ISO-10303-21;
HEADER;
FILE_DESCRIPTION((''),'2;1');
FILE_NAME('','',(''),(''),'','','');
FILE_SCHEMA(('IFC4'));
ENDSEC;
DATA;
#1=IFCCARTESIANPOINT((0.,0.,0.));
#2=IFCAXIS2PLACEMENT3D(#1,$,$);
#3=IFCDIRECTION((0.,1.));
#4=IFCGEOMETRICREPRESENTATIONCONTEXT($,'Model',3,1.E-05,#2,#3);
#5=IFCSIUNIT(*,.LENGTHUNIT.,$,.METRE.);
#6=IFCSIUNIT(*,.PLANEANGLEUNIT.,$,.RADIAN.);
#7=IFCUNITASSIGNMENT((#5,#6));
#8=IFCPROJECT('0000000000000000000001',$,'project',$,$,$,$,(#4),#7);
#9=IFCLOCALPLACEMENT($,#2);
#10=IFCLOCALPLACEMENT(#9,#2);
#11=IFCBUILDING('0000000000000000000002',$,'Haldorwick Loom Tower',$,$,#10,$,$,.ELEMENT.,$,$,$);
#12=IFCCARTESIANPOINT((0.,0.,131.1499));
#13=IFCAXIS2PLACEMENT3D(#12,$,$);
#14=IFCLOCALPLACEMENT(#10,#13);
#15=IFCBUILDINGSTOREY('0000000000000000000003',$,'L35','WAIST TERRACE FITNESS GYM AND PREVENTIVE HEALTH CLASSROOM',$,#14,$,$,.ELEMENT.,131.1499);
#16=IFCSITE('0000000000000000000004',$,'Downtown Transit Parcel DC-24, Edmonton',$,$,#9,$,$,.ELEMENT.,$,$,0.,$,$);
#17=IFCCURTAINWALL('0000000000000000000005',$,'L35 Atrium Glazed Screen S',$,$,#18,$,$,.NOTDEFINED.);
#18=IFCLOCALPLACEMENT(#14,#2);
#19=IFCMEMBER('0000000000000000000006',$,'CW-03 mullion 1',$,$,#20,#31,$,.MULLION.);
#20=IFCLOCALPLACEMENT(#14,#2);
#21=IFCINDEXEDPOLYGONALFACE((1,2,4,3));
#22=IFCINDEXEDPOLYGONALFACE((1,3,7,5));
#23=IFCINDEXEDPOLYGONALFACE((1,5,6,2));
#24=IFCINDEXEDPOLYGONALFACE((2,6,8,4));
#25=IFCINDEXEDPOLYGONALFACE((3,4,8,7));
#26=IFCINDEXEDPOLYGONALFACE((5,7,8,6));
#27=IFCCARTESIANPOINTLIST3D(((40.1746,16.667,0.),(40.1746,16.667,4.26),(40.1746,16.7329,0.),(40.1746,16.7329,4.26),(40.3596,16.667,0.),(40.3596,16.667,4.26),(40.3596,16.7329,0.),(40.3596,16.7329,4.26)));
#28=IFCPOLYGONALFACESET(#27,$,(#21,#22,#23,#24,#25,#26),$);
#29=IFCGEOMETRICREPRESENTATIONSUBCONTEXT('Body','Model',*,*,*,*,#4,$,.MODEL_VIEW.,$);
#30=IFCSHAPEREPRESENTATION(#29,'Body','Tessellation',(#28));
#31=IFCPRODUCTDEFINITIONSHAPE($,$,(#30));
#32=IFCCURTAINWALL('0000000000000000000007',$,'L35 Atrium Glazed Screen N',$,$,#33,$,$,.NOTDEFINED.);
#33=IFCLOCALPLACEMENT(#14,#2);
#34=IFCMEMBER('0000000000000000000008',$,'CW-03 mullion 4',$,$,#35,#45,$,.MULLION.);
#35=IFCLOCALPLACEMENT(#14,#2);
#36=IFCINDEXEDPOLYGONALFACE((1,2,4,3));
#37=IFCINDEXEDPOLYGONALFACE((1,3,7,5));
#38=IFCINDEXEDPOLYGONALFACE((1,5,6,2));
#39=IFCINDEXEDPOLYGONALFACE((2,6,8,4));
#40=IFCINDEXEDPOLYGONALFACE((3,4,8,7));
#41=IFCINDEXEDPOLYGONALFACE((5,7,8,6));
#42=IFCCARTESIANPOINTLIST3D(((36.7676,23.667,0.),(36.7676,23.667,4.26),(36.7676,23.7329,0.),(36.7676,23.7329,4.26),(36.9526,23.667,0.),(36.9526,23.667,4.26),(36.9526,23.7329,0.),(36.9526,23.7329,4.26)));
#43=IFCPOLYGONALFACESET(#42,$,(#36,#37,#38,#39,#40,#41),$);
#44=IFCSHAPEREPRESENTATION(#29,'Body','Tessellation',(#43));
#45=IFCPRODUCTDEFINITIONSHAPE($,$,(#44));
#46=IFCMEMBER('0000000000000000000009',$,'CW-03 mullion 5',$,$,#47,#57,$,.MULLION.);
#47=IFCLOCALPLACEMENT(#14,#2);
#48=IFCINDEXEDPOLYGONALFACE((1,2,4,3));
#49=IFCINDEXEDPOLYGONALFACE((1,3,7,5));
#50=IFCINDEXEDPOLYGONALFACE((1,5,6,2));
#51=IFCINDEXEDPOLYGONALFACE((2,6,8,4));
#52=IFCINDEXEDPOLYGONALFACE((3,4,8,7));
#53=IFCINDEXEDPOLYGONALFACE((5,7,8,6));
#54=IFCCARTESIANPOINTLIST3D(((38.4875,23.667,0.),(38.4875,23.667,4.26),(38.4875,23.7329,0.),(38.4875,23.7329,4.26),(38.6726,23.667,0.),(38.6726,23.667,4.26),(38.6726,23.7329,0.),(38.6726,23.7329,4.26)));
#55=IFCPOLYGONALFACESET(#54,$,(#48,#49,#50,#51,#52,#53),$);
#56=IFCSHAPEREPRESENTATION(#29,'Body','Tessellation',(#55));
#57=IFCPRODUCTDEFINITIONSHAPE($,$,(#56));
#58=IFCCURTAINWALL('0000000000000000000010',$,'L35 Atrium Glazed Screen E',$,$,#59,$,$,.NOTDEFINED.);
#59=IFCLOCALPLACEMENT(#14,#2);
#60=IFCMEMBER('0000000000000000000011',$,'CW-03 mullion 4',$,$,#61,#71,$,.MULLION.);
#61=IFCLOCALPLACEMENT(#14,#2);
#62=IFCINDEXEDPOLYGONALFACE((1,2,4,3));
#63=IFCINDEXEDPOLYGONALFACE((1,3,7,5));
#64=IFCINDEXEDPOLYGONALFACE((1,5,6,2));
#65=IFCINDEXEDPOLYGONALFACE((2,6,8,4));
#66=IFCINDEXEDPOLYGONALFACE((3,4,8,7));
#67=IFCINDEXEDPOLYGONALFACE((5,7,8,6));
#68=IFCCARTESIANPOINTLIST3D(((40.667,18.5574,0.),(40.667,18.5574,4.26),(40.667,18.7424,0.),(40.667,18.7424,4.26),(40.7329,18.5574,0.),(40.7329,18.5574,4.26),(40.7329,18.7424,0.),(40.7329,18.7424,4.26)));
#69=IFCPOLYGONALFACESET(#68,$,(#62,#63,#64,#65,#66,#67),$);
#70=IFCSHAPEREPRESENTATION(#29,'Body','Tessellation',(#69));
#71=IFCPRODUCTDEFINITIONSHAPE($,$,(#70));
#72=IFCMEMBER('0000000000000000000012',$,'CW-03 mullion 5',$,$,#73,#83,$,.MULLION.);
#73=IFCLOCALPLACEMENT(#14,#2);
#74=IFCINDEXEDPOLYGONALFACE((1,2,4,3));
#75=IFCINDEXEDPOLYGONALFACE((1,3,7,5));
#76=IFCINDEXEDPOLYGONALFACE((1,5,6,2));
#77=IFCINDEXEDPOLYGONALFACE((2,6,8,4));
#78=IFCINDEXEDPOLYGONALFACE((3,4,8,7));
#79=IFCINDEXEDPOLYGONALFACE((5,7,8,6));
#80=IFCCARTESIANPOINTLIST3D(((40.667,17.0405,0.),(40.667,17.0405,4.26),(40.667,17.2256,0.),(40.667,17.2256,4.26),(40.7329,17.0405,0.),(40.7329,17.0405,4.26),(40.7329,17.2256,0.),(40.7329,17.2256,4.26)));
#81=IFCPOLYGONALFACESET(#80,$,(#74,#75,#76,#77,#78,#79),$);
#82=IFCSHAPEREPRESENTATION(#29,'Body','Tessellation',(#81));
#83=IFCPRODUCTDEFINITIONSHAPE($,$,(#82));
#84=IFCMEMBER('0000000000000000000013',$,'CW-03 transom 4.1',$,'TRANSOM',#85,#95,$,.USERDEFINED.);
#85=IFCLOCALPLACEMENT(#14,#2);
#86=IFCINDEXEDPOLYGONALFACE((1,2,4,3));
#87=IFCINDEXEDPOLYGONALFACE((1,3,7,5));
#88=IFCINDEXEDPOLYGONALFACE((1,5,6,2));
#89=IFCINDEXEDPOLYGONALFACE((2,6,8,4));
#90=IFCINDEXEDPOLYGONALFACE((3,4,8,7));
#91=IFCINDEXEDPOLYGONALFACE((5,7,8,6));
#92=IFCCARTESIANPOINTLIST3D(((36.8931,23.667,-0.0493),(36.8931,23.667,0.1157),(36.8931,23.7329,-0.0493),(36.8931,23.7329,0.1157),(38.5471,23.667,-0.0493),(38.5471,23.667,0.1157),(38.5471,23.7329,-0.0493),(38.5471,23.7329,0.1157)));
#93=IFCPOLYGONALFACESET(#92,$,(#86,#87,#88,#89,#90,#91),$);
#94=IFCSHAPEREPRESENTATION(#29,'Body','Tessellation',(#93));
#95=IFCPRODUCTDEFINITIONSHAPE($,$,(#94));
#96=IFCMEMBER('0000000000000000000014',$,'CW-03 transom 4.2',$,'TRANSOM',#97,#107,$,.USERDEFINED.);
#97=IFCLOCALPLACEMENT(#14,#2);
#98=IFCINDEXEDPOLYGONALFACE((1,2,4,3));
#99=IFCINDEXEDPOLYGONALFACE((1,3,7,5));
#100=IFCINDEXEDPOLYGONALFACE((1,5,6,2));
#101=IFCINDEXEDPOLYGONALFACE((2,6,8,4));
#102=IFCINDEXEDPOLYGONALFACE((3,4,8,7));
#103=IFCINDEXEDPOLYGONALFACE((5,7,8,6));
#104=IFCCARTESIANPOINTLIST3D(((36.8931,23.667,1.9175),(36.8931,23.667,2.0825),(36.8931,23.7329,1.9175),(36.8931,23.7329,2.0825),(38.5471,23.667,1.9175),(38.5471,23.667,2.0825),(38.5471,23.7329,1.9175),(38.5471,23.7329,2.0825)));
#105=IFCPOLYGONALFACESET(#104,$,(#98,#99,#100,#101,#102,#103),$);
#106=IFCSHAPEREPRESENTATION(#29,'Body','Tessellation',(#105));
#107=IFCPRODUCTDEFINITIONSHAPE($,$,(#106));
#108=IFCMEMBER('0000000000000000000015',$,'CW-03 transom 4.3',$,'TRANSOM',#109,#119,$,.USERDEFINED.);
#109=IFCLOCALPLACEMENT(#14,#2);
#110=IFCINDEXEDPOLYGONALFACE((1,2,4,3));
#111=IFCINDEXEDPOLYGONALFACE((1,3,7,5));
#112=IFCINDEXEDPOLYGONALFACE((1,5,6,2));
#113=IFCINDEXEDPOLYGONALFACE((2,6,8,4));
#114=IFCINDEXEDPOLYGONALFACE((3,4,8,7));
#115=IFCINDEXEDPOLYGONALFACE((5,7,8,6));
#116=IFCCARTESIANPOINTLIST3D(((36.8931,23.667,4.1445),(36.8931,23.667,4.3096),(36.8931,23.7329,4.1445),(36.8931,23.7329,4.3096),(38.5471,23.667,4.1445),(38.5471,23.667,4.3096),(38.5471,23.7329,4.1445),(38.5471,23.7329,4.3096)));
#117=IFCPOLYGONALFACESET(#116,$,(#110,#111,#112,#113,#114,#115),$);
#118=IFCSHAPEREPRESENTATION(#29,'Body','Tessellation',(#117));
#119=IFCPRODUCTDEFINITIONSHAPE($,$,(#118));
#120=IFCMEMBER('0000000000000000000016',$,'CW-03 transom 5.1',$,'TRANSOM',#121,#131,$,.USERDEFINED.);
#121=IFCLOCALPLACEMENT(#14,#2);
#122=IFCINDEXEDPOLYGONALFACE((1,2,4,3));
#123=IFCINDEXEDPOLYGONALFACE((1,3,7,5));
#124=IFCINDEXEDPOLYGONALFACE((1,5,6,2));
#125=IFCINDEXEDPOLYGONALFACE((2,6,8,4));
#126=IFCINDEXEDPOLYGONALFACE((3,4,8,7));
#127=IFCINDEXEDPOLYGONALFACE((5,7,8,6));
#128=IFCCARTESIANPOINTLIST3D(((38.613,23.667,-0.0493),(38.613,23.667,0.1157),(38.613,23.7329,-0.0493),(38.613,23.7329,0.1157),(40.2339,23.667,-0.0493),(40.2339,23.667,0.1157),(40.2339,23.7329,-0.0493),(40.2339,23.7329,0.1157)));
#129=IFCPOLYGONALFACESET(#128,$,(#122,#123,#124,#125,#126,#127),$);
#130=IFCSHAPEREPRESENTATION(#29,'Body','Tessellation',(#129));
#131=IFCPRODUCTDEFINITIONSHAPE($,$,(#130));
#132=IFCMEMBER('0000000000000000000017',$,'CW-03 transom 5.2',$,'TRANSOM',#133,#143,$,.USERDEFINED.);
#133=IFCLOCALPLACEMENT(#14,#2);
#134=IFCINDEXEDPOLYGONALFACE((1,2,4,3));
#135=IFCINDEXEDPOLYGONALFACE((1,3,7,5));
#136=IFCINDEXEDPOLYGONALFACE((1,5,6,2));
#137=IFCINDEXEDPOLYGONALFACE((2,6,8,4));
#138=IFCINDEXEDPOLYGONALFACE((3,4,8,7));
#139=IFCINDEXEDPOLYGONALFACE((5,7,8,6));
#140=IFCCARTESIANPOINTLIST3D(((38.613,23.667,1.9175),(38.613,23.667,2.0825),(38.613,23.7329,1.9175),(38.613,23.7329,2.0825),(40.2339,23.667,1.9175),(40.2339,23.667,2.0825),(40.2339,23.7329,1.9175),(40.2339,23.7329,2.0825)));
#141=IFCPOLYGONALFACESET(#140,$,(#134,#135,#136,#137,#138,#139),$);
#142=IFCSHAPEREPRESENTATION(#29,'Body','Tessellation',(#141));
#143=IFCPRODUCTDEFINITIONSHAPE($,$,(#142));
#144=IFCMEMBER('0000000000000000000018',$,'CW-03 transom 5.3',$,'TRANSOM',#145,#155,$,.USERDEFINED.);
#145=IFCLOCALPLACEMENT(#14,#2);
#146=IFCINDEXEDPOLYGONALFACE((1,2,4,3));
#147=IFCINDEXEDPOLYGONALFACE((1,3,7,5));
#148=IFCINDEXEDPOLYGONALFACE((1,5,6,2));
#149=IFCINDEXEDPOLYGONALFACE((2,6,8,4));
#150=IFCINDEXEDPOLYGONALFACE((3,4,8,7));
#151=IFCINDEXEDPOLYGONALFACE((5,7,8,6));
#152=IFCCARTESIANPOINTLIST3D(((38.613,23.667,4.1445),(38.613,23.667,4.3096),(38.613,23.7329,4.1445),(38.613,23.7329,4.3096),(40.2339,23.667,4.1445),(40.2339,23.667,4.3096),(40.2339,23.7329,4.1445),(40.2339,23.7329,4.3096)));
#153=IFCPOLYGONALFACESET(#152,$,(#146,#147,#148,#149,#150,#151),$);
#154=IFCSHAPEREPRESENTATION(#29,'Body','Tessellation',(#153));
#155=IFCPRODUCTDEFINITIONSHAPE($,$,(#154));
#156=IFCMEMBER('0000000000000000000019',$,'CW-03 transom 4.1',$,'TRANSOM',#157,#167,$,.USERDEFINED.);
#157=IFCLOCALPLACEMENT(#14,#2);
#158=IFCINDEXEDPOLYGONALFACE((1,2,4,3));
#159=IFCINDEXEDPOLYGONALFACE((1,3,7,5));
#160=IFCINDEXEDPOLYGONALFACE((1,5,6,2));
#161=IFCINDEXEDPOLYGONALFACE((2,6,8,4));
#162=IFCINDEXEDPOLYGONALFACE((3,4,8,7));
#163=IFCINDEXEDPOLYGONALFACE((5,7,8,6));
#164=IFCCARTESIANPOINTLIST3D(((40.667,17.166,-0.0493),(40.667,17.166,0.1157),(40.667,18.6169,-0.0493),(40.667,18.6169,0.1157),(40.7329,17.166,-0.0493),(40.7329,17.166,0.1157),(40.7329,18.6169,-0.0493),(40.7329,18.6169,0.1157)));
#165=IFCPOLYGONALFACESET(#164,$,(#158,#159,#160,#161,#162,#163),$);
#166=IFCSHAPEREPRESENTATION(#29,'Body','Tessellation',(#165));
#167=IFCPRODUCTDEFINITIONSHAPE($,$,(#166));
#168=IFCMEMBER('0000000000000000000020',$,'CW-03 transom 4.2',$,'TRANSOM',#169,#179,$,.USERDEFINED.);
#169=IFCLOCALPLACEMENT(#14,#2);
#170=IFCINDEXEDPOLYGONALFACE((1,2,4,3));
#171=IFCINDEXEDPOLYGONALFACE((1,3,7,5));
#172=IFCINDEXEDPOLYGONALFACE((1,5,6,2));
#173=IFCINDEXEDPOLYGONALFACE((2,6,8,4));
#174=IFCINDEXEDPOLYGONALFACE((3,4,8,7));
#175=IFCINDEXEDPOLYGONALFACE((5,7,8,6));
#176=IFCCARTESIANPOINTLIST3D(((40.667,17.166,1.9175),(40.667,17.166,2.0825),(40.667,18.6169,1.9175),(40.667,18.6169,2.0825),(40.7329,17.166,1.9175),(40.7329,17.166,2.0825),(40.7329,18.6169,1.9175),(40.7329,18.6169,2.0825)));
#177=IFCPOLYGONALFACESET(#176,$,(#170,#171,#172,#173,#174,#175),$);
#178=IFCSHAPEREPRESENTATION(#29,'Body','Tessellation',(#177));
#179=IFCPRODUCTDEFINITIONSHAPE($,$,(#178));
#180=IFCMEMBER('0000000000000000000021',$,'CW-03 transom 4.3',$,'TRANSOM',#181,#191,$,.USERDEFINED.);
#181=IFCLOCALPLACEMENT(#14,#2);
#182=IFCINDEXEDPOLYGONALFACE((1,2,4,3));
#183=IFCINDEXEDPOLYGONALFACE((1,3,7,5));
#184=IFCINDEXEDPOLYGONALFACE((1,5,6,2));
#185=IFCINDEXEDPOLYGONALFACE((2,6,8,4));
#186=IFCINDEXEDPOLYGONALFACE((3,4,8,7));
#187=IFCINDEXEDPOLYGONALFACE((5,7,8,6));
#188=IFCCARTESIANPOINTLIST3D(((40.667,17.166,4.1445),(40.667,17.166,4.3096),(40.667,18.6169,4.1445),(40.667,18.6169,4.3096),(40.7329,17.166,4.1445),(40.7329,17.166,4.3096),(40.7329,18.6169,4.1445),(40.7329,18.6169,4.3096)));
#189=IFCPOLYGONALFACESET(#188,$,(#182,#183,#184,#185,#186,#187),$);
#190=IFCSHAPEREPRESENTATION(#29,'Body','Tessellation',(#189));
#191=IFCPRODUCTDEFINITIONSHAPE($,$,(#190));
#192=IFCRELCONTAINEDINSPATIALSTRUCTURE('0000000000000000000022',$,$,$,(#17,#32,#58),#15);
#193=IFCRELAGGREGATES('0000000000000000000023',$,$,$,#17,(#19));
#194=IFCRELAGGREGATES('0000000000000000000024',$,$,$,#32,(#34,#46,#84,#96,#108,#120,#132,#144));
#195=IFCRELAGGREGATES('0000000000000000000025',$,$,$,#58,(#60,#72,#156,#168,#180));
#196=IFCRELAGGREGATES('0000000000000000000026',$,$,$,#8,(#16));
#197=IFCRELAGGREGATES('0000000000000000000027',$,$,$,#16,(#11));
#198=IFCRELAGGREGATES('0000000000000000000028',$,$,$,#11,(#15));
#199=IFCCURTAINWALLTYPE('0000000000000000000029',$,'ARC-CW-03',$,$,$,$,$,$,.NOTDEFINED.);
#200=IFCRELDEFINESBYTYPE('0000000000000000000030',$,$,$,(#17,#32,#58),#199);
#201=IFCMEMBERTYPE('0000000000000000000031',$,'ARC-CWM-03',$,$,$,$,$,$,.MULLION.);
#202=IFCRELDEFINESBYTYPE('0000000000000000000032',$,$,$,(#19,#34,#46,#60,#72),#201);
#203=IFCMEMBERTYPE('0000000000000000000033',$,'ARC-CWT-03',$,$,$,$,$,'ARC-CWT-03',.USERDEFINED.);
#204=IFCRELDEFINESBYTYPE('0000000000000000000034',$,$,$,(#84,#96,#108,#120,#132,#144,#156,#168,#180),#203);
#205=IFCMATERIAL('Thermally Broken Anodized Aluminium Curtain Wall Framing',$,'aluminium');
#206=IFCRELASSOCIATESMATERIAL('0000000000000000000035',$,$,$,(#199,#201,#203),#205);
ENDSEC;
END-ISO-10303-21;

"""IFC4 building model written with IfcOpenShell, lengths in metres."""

from ifc_helpers import new_model, si_unit, direction, frame, origin, origin_2d, place, context, subcontext, project, spatial, rectangle, extrude, material, material_profile, profile_set, type_object, element, aggregate, save


model = new_model("IFC4")

# Units and contexts
model_context = context("Model", 3, precision=1e-05, world=origin(), true_north=direction((0.0, 1.0)))
body_context = subcontext(model_context, "Body", "Model", "MODEL_VIEW")
ifc_project = project(units=[si_unit("LENGTHUNIT", "METRE"), si_unit("PLANEANGLEUNIT", "RADIAN")], contexts=[model_context])

# Site, building, storey
site_placement = place(None, origin())
site = spatial("IfcSite", under=ifc_project, at=site_placement, Name="Downtown Transit Parcel DC-24, Edmonton", CompositionType="ELEMENT", RefElevation=0.0)
building_placement = place(site_placement, origin())
building = spatial("IfcBuilding", under=site, at=building_placement, Name="Haldorwick Loom Tower", CompositionType="ELEMENT")
storey_placement = place(building_placement, frame((0.0, 0.0, 131.1499)))
storey = spatial("IfcBuildingStorey", under=building, at=storey_placement, Name="L35", Description="WAIST TERRACE FITNESS GYM AND PREVENTIVE HEALTH CLASSROOM", CompositionType="ELEMENT", Elevation=131.1499)

# Curtain wall, member
ifc_material_1 = material(Name="Thermally Broken Anodized Aluminium Curtain Wall Framing", Category="aluminium")
curtain_wall_type = type_object("IfcCurtainWallType", Name="ARC-CW-03", PredefinedType="NOTDEFINED", material=ifc_material_1)
curtain_wall_1_placement = place(storey_placement, origin())
curtain_wall_1 = element("IfcCurtainWall", 1, at=curtain_wall_1_placement, inside=storey, type_object=curtain_wall_type, Name="L35 Atrium Glazed Screen S", PredefinedType="NOTDEFINED")
ifc_material_profile_1 = material_profile(ifc_material_1, rectangle(XDim=0.0659, YDim=0.1851, at=origin_2d()), Name="ALU_MUL_66X185", Category="aluminium")
ifc_profile_set_1 = profile_set([ifc_material_profile_1], Name="Thermally Broken Anodized Aluminium Curtain Wall Framing")
member_type_1 = type_object("IfcMemberType", Name="ARC-CWM-03", PredefinedType="MULLION", material=ifc_profile_set_1)
member_1_placement = place(storey_placement, frame((40.2671, 16.7, 0.0), z_axis=(0.0, 0.0, 1.0), x_axis=(0.0, -1.0, 0.0)))
member_1 = element("IfcMember", 2, at=member_1_placement, type_object=member_type_1, Name="CW-03 mullion 1", PredefinedType="MULLION", context=body_context, shape_type="SweptSolid", body=[
    extrude(rectangle(XDim=0.0659, YDim=0.1851, at=origin_2d()), origin(), (0.0, 0.0, 1.0), 4.26),
])
aggregate(curtain_wall_1, [member_1])

# Curtain walls, members
curtain_wall_2_placement = place(storey_placement, origin())
curtain_wall_2 = element("IfcCurtainWall", 3, at=curtain_wall_2_placement, inside=storey, type_object=curtain_wall_type, Name="L35 Atrium Glazed Screen N", PredefinedType="NOTDEFINED")
member_2_placement = place(storey_placement, frame((36.8601, 23.7, 0.0), z_axis=(0.0, 0.0, 1.0), x_axis=(0.0, 1.0, 0.0)))
member_2 = element("IfcMember", 4, at=member_2_placement, type_object=member_type_1, Name="CW-03 mullion 4", PredefinedType="MULLION", context=body_context, shape_type="SweptSolid", body=[
    extrude(rectangle(XDim=0.0659, YDim=0.1851, at=origin_2d()), origin(), (0.0, 0.0, 1.0), 4.26),
])
member_3_placement = place(storey_placement, frame((38.5801, 23.7, 0.0), z_axis=(0.0, 0.0, 1.0), x_axis=(0.0, 1.0, 0.0)))
member_3 = element("IfcMember", 5, at=member_3_placement, type_object=member_type_1, Name="CW-03 mullion 5", PredefinedType="MULLION", context=body_context, shape_type="SweptSolid", body=[
    extrude(rectangle(XDim=0.0659, YDim=0.1851, at=origin_2d()), origin(), (0.0, 0.0, 1.0), 4.26),
])
curtain_wall_3_placement = place(storey_placement, origin())
curtain_wall_3 = element("IfcCurtainWall", 6, at=curtain_wall_3_placement, inside=storey, type_object=curtain_wall_type, Name="L35 Atrium Glazed Screen E", PredefinedType="NOTDEFINED")
member_4_placement = place(storey_placement, frame((40.7, 18.6499, 0.0), z_axis=(0.0, 0.0, 1.0), x_axis=(1.0, 0.0, 0.0)))
member_4 = element("IfcMember", 7, at=member_4_placement, type_object=member_type_1, Name="CW-03 mullion 4", PredefinedType="MULLION", context=body_context, shape_type="SweptSolid", body=[
    extrude(rectangle(XDim=0.0659, YDim=0.1851, at=origin_2d()), origin(), (0.0, 0.0, 1.0), 4.26),
])
member_5_placement = place(storey_placement, frame((40.7, 17.1331, 0.0), z_axis=(0.0, 0.0, 1.0), x_axis=(1.0, 0.0, 0.0)))
member_5 = element("IfcMember", 8, at=member_5_placement, type_object=member_type_1, Name="CW-03 mullion 5", PredefinedType="MULLION", context=body_context, shape_type="SweptSolid", body=[
    extrude(rectangle(XDim=0.0659, YDim=0.1851, at=origin_2d()), origin(), (0.0, 0.0, 1.0), 4.26),
])

# Members
ifc_material_profile_2 = material_profile(ifc_material_1, rectangle(XDim=0.0659, YDim=0.165, at=origin_2d()), Name="ALU_TRN_66X165", Category="aluminium")
ifc_profile_set_2 = profile_set([ifc_material_profile_2], Name="Thermally Broken Anodized Aluminium Curtain Wall Framing")
member_type_2 = type_object("IfcMemberType", Name="ARC-CWT-03", ElementType="ARC-CWT-03", PredefinedType="USERDEFINED", material=ifc_profile_set_2)
member_6_placement = place(storey_placement, frame((36.8931, 23.7, 0.0332), z_axis=(1.0, 0.0, 0.0), x_axis=(0.0, 1.0, 0.0)))
member_6 = element("IfcMember", 9, at=member_6_placement, type_object=member_type_2, Name="CW-03 transom 4.1", ObjectType="TRANSOM", PredefinedType="USERDEFINED", context=body_context, shape_type="SweptSolid", body=[
    extrude(rectangle(XDim=0.0659, YDim=0.165, at=origin_2d()), origin(), (0.0, 0.0, 1.0), 1.6541),
])
member_7_placement = place(storey_placement, frame((36.8931, 23.7, 2.0), z_axis=(1.0, 0.0, 0.0), x_axis=(0.0, 1.0, 0.0)))
member_7 = element("IfcMember", 10, at=member_7_placement, type_object=member_type_2, Name="CW-03 transom 4.2", ObjectType="TRANSOM", PredefinedType="USERDEFINED", context=body_context, shape_type="SweptSolid", body=[
    extrude(rectangle(XDim=0.0659, YDim=0.165, at=origin_2d()), origin(), (0.0, 0.0, 1.0), 1.6541),
])
member_8_placement = place(storey_placement, frame((36.8931, 23.7, 4.2271), z_axis=(1.0, 0.0, 0.0), x_axis=(0.0, 1.0, 0.0)))
member_8 = element("IfcMember", 11, at=member_8_placement, type_object=member_type_2, Name="CW-03 transom 4.3", ObjectType="TRANSOM", PredefinedType="USERDEFINED", context=body_context, shape_type="SweptSolid", body=[
    extrude(rectangle(XDim=0.0659, YDim=0.165, at=origin_2d()), origin(), (0.0, 0.0, 1.0), 1.6541),
])
member_9_placement = place(storey_placement, frame((38.613, 23.7, 0.0332), z_axis=(1.0, 0.0, 0.0), x_axis=(0.0, 1.0, 0.0)))
member_9 = element("IfcMember", 12, at=member_9_placement, type_object=member_type_2, Name="CW-03 transom 5.1", ObjectType="TRANSOM", PredefinedType="USERDEFINED", context=body_context, shape_type="SweptSolid", body=[
    extrude(rectangle(XDim=0.0659, YDim=0.165, at=origin_2d()), origin(), (0.0, 0.0, 1.0), 1.6208),
])
member_10_placement = place(storey_placement, frame((38.613, 23.7, 2.0), z_axis=(1.0, 0.0, 0.0), x_axis=(0.0, 1.0, 0.0)))
member_10 = element("IfcMember", 13, at=member_10_placement, type_object=member_type_2, Name="CW-03 transom 5.2", ObjectType="TRANSOM", PredefinedType="USERDEFINED", context=body_context, shape_type="SweptSolid", body=[
    extrude(rectangle(XDim=0.0659, YDim=0.165, at=origin_2d()), origin(), (0.0, 0.0, 1.0), 1.6208),
])
member_11_placement = place(storey_placement, frame((38.613, 23.7, 4.2271), z_axis=(1.0, 0.0, 0.0), x_axis=(0.0, 1.0, 0.0)))
member_11 = element("IfcMember", 14, at=member_11_placement, type_object=member_type_2, Name="CW-03 transom 5.3", ObjectType="TRANSOM", PredefinedType="USERDEFINED", context=body_context, shape_type="SweptSolid", body=[
    extrude(rectangle(XDim=0.0659, YDim=0.165, at=origin_2d()), origin(), (0.0, 0.0, 1.0), 1.6208),
])
member_12_placement = place(storey_placement, frame((40.7, 18.6169, 0.0332), z_axis=(0.0, -1.0, 0.0), x_axis=(1.0, 0.0, 0.0)))
member_12 = element("IfcMember", 15, at=member_12_placement, type_object=member_type_2, Name="CW-03 transom 4.1", ObjectType="TRANSOM", PredefinedType="USERDEFINED", context=body_context, shape_type="SweptSolid", body=[
    extrude(rectangle(XDim=0.0659, YDim=0.165, at=origin_2d()), origin(), (0.0, 0.0, 1.0), 1.4509),
])
member_13_placement = place(storey_placement, frame((40.7, 18.6169, 2.0), z_axis=(0.0, -1.0, 0.0), x_axis=(1.0, 0.0, 0.0)))
member_13 = element("IfcMember", 16, at=member_13_placement, type_object=member_type_2, Name="CW-03 transom 4.2", ObjectType="TRANSOM", PredefinedType="USERDEFINED", context=body_context, shape_type="SweptSolid", body=[
    extrude(rectangle(XDim=0.0659, YDim=0.165, at=origin_2d()), origin(), (0.0, 0.0, 1.0), 1.4509),
])
member_14_placement = place(storey_placement, frame((40.7, 18.6169, 4.2271), z_axis=(0.0, -1.0, 0.0), x_axis=(1.0, 0.0, 0.0)))
member_14 = element("IfcMember", 17, at=member_14_placement, type_object=member_type_2, Name="CW-03 transom 4.3", ObjectType="TRANSOM", PredefinedType="USERDEFINED", context=body_context, shape_type="SweptSolid", body=[
    extrude(rectangle(XDim=0.0659, YDim=0.165, at=origin_2d()), origin(), (0.0, 0.0, 1.0), 1.4509),
])

aggregate(curtain_wall_2, [member_2, member_3, member_6, member_7, member_8, member_9, member_10, member_11])
aggregate(curtain_wall_3, [member_4, member_5, member_12, member_13, member_14])

save(model, "model.ifc")
